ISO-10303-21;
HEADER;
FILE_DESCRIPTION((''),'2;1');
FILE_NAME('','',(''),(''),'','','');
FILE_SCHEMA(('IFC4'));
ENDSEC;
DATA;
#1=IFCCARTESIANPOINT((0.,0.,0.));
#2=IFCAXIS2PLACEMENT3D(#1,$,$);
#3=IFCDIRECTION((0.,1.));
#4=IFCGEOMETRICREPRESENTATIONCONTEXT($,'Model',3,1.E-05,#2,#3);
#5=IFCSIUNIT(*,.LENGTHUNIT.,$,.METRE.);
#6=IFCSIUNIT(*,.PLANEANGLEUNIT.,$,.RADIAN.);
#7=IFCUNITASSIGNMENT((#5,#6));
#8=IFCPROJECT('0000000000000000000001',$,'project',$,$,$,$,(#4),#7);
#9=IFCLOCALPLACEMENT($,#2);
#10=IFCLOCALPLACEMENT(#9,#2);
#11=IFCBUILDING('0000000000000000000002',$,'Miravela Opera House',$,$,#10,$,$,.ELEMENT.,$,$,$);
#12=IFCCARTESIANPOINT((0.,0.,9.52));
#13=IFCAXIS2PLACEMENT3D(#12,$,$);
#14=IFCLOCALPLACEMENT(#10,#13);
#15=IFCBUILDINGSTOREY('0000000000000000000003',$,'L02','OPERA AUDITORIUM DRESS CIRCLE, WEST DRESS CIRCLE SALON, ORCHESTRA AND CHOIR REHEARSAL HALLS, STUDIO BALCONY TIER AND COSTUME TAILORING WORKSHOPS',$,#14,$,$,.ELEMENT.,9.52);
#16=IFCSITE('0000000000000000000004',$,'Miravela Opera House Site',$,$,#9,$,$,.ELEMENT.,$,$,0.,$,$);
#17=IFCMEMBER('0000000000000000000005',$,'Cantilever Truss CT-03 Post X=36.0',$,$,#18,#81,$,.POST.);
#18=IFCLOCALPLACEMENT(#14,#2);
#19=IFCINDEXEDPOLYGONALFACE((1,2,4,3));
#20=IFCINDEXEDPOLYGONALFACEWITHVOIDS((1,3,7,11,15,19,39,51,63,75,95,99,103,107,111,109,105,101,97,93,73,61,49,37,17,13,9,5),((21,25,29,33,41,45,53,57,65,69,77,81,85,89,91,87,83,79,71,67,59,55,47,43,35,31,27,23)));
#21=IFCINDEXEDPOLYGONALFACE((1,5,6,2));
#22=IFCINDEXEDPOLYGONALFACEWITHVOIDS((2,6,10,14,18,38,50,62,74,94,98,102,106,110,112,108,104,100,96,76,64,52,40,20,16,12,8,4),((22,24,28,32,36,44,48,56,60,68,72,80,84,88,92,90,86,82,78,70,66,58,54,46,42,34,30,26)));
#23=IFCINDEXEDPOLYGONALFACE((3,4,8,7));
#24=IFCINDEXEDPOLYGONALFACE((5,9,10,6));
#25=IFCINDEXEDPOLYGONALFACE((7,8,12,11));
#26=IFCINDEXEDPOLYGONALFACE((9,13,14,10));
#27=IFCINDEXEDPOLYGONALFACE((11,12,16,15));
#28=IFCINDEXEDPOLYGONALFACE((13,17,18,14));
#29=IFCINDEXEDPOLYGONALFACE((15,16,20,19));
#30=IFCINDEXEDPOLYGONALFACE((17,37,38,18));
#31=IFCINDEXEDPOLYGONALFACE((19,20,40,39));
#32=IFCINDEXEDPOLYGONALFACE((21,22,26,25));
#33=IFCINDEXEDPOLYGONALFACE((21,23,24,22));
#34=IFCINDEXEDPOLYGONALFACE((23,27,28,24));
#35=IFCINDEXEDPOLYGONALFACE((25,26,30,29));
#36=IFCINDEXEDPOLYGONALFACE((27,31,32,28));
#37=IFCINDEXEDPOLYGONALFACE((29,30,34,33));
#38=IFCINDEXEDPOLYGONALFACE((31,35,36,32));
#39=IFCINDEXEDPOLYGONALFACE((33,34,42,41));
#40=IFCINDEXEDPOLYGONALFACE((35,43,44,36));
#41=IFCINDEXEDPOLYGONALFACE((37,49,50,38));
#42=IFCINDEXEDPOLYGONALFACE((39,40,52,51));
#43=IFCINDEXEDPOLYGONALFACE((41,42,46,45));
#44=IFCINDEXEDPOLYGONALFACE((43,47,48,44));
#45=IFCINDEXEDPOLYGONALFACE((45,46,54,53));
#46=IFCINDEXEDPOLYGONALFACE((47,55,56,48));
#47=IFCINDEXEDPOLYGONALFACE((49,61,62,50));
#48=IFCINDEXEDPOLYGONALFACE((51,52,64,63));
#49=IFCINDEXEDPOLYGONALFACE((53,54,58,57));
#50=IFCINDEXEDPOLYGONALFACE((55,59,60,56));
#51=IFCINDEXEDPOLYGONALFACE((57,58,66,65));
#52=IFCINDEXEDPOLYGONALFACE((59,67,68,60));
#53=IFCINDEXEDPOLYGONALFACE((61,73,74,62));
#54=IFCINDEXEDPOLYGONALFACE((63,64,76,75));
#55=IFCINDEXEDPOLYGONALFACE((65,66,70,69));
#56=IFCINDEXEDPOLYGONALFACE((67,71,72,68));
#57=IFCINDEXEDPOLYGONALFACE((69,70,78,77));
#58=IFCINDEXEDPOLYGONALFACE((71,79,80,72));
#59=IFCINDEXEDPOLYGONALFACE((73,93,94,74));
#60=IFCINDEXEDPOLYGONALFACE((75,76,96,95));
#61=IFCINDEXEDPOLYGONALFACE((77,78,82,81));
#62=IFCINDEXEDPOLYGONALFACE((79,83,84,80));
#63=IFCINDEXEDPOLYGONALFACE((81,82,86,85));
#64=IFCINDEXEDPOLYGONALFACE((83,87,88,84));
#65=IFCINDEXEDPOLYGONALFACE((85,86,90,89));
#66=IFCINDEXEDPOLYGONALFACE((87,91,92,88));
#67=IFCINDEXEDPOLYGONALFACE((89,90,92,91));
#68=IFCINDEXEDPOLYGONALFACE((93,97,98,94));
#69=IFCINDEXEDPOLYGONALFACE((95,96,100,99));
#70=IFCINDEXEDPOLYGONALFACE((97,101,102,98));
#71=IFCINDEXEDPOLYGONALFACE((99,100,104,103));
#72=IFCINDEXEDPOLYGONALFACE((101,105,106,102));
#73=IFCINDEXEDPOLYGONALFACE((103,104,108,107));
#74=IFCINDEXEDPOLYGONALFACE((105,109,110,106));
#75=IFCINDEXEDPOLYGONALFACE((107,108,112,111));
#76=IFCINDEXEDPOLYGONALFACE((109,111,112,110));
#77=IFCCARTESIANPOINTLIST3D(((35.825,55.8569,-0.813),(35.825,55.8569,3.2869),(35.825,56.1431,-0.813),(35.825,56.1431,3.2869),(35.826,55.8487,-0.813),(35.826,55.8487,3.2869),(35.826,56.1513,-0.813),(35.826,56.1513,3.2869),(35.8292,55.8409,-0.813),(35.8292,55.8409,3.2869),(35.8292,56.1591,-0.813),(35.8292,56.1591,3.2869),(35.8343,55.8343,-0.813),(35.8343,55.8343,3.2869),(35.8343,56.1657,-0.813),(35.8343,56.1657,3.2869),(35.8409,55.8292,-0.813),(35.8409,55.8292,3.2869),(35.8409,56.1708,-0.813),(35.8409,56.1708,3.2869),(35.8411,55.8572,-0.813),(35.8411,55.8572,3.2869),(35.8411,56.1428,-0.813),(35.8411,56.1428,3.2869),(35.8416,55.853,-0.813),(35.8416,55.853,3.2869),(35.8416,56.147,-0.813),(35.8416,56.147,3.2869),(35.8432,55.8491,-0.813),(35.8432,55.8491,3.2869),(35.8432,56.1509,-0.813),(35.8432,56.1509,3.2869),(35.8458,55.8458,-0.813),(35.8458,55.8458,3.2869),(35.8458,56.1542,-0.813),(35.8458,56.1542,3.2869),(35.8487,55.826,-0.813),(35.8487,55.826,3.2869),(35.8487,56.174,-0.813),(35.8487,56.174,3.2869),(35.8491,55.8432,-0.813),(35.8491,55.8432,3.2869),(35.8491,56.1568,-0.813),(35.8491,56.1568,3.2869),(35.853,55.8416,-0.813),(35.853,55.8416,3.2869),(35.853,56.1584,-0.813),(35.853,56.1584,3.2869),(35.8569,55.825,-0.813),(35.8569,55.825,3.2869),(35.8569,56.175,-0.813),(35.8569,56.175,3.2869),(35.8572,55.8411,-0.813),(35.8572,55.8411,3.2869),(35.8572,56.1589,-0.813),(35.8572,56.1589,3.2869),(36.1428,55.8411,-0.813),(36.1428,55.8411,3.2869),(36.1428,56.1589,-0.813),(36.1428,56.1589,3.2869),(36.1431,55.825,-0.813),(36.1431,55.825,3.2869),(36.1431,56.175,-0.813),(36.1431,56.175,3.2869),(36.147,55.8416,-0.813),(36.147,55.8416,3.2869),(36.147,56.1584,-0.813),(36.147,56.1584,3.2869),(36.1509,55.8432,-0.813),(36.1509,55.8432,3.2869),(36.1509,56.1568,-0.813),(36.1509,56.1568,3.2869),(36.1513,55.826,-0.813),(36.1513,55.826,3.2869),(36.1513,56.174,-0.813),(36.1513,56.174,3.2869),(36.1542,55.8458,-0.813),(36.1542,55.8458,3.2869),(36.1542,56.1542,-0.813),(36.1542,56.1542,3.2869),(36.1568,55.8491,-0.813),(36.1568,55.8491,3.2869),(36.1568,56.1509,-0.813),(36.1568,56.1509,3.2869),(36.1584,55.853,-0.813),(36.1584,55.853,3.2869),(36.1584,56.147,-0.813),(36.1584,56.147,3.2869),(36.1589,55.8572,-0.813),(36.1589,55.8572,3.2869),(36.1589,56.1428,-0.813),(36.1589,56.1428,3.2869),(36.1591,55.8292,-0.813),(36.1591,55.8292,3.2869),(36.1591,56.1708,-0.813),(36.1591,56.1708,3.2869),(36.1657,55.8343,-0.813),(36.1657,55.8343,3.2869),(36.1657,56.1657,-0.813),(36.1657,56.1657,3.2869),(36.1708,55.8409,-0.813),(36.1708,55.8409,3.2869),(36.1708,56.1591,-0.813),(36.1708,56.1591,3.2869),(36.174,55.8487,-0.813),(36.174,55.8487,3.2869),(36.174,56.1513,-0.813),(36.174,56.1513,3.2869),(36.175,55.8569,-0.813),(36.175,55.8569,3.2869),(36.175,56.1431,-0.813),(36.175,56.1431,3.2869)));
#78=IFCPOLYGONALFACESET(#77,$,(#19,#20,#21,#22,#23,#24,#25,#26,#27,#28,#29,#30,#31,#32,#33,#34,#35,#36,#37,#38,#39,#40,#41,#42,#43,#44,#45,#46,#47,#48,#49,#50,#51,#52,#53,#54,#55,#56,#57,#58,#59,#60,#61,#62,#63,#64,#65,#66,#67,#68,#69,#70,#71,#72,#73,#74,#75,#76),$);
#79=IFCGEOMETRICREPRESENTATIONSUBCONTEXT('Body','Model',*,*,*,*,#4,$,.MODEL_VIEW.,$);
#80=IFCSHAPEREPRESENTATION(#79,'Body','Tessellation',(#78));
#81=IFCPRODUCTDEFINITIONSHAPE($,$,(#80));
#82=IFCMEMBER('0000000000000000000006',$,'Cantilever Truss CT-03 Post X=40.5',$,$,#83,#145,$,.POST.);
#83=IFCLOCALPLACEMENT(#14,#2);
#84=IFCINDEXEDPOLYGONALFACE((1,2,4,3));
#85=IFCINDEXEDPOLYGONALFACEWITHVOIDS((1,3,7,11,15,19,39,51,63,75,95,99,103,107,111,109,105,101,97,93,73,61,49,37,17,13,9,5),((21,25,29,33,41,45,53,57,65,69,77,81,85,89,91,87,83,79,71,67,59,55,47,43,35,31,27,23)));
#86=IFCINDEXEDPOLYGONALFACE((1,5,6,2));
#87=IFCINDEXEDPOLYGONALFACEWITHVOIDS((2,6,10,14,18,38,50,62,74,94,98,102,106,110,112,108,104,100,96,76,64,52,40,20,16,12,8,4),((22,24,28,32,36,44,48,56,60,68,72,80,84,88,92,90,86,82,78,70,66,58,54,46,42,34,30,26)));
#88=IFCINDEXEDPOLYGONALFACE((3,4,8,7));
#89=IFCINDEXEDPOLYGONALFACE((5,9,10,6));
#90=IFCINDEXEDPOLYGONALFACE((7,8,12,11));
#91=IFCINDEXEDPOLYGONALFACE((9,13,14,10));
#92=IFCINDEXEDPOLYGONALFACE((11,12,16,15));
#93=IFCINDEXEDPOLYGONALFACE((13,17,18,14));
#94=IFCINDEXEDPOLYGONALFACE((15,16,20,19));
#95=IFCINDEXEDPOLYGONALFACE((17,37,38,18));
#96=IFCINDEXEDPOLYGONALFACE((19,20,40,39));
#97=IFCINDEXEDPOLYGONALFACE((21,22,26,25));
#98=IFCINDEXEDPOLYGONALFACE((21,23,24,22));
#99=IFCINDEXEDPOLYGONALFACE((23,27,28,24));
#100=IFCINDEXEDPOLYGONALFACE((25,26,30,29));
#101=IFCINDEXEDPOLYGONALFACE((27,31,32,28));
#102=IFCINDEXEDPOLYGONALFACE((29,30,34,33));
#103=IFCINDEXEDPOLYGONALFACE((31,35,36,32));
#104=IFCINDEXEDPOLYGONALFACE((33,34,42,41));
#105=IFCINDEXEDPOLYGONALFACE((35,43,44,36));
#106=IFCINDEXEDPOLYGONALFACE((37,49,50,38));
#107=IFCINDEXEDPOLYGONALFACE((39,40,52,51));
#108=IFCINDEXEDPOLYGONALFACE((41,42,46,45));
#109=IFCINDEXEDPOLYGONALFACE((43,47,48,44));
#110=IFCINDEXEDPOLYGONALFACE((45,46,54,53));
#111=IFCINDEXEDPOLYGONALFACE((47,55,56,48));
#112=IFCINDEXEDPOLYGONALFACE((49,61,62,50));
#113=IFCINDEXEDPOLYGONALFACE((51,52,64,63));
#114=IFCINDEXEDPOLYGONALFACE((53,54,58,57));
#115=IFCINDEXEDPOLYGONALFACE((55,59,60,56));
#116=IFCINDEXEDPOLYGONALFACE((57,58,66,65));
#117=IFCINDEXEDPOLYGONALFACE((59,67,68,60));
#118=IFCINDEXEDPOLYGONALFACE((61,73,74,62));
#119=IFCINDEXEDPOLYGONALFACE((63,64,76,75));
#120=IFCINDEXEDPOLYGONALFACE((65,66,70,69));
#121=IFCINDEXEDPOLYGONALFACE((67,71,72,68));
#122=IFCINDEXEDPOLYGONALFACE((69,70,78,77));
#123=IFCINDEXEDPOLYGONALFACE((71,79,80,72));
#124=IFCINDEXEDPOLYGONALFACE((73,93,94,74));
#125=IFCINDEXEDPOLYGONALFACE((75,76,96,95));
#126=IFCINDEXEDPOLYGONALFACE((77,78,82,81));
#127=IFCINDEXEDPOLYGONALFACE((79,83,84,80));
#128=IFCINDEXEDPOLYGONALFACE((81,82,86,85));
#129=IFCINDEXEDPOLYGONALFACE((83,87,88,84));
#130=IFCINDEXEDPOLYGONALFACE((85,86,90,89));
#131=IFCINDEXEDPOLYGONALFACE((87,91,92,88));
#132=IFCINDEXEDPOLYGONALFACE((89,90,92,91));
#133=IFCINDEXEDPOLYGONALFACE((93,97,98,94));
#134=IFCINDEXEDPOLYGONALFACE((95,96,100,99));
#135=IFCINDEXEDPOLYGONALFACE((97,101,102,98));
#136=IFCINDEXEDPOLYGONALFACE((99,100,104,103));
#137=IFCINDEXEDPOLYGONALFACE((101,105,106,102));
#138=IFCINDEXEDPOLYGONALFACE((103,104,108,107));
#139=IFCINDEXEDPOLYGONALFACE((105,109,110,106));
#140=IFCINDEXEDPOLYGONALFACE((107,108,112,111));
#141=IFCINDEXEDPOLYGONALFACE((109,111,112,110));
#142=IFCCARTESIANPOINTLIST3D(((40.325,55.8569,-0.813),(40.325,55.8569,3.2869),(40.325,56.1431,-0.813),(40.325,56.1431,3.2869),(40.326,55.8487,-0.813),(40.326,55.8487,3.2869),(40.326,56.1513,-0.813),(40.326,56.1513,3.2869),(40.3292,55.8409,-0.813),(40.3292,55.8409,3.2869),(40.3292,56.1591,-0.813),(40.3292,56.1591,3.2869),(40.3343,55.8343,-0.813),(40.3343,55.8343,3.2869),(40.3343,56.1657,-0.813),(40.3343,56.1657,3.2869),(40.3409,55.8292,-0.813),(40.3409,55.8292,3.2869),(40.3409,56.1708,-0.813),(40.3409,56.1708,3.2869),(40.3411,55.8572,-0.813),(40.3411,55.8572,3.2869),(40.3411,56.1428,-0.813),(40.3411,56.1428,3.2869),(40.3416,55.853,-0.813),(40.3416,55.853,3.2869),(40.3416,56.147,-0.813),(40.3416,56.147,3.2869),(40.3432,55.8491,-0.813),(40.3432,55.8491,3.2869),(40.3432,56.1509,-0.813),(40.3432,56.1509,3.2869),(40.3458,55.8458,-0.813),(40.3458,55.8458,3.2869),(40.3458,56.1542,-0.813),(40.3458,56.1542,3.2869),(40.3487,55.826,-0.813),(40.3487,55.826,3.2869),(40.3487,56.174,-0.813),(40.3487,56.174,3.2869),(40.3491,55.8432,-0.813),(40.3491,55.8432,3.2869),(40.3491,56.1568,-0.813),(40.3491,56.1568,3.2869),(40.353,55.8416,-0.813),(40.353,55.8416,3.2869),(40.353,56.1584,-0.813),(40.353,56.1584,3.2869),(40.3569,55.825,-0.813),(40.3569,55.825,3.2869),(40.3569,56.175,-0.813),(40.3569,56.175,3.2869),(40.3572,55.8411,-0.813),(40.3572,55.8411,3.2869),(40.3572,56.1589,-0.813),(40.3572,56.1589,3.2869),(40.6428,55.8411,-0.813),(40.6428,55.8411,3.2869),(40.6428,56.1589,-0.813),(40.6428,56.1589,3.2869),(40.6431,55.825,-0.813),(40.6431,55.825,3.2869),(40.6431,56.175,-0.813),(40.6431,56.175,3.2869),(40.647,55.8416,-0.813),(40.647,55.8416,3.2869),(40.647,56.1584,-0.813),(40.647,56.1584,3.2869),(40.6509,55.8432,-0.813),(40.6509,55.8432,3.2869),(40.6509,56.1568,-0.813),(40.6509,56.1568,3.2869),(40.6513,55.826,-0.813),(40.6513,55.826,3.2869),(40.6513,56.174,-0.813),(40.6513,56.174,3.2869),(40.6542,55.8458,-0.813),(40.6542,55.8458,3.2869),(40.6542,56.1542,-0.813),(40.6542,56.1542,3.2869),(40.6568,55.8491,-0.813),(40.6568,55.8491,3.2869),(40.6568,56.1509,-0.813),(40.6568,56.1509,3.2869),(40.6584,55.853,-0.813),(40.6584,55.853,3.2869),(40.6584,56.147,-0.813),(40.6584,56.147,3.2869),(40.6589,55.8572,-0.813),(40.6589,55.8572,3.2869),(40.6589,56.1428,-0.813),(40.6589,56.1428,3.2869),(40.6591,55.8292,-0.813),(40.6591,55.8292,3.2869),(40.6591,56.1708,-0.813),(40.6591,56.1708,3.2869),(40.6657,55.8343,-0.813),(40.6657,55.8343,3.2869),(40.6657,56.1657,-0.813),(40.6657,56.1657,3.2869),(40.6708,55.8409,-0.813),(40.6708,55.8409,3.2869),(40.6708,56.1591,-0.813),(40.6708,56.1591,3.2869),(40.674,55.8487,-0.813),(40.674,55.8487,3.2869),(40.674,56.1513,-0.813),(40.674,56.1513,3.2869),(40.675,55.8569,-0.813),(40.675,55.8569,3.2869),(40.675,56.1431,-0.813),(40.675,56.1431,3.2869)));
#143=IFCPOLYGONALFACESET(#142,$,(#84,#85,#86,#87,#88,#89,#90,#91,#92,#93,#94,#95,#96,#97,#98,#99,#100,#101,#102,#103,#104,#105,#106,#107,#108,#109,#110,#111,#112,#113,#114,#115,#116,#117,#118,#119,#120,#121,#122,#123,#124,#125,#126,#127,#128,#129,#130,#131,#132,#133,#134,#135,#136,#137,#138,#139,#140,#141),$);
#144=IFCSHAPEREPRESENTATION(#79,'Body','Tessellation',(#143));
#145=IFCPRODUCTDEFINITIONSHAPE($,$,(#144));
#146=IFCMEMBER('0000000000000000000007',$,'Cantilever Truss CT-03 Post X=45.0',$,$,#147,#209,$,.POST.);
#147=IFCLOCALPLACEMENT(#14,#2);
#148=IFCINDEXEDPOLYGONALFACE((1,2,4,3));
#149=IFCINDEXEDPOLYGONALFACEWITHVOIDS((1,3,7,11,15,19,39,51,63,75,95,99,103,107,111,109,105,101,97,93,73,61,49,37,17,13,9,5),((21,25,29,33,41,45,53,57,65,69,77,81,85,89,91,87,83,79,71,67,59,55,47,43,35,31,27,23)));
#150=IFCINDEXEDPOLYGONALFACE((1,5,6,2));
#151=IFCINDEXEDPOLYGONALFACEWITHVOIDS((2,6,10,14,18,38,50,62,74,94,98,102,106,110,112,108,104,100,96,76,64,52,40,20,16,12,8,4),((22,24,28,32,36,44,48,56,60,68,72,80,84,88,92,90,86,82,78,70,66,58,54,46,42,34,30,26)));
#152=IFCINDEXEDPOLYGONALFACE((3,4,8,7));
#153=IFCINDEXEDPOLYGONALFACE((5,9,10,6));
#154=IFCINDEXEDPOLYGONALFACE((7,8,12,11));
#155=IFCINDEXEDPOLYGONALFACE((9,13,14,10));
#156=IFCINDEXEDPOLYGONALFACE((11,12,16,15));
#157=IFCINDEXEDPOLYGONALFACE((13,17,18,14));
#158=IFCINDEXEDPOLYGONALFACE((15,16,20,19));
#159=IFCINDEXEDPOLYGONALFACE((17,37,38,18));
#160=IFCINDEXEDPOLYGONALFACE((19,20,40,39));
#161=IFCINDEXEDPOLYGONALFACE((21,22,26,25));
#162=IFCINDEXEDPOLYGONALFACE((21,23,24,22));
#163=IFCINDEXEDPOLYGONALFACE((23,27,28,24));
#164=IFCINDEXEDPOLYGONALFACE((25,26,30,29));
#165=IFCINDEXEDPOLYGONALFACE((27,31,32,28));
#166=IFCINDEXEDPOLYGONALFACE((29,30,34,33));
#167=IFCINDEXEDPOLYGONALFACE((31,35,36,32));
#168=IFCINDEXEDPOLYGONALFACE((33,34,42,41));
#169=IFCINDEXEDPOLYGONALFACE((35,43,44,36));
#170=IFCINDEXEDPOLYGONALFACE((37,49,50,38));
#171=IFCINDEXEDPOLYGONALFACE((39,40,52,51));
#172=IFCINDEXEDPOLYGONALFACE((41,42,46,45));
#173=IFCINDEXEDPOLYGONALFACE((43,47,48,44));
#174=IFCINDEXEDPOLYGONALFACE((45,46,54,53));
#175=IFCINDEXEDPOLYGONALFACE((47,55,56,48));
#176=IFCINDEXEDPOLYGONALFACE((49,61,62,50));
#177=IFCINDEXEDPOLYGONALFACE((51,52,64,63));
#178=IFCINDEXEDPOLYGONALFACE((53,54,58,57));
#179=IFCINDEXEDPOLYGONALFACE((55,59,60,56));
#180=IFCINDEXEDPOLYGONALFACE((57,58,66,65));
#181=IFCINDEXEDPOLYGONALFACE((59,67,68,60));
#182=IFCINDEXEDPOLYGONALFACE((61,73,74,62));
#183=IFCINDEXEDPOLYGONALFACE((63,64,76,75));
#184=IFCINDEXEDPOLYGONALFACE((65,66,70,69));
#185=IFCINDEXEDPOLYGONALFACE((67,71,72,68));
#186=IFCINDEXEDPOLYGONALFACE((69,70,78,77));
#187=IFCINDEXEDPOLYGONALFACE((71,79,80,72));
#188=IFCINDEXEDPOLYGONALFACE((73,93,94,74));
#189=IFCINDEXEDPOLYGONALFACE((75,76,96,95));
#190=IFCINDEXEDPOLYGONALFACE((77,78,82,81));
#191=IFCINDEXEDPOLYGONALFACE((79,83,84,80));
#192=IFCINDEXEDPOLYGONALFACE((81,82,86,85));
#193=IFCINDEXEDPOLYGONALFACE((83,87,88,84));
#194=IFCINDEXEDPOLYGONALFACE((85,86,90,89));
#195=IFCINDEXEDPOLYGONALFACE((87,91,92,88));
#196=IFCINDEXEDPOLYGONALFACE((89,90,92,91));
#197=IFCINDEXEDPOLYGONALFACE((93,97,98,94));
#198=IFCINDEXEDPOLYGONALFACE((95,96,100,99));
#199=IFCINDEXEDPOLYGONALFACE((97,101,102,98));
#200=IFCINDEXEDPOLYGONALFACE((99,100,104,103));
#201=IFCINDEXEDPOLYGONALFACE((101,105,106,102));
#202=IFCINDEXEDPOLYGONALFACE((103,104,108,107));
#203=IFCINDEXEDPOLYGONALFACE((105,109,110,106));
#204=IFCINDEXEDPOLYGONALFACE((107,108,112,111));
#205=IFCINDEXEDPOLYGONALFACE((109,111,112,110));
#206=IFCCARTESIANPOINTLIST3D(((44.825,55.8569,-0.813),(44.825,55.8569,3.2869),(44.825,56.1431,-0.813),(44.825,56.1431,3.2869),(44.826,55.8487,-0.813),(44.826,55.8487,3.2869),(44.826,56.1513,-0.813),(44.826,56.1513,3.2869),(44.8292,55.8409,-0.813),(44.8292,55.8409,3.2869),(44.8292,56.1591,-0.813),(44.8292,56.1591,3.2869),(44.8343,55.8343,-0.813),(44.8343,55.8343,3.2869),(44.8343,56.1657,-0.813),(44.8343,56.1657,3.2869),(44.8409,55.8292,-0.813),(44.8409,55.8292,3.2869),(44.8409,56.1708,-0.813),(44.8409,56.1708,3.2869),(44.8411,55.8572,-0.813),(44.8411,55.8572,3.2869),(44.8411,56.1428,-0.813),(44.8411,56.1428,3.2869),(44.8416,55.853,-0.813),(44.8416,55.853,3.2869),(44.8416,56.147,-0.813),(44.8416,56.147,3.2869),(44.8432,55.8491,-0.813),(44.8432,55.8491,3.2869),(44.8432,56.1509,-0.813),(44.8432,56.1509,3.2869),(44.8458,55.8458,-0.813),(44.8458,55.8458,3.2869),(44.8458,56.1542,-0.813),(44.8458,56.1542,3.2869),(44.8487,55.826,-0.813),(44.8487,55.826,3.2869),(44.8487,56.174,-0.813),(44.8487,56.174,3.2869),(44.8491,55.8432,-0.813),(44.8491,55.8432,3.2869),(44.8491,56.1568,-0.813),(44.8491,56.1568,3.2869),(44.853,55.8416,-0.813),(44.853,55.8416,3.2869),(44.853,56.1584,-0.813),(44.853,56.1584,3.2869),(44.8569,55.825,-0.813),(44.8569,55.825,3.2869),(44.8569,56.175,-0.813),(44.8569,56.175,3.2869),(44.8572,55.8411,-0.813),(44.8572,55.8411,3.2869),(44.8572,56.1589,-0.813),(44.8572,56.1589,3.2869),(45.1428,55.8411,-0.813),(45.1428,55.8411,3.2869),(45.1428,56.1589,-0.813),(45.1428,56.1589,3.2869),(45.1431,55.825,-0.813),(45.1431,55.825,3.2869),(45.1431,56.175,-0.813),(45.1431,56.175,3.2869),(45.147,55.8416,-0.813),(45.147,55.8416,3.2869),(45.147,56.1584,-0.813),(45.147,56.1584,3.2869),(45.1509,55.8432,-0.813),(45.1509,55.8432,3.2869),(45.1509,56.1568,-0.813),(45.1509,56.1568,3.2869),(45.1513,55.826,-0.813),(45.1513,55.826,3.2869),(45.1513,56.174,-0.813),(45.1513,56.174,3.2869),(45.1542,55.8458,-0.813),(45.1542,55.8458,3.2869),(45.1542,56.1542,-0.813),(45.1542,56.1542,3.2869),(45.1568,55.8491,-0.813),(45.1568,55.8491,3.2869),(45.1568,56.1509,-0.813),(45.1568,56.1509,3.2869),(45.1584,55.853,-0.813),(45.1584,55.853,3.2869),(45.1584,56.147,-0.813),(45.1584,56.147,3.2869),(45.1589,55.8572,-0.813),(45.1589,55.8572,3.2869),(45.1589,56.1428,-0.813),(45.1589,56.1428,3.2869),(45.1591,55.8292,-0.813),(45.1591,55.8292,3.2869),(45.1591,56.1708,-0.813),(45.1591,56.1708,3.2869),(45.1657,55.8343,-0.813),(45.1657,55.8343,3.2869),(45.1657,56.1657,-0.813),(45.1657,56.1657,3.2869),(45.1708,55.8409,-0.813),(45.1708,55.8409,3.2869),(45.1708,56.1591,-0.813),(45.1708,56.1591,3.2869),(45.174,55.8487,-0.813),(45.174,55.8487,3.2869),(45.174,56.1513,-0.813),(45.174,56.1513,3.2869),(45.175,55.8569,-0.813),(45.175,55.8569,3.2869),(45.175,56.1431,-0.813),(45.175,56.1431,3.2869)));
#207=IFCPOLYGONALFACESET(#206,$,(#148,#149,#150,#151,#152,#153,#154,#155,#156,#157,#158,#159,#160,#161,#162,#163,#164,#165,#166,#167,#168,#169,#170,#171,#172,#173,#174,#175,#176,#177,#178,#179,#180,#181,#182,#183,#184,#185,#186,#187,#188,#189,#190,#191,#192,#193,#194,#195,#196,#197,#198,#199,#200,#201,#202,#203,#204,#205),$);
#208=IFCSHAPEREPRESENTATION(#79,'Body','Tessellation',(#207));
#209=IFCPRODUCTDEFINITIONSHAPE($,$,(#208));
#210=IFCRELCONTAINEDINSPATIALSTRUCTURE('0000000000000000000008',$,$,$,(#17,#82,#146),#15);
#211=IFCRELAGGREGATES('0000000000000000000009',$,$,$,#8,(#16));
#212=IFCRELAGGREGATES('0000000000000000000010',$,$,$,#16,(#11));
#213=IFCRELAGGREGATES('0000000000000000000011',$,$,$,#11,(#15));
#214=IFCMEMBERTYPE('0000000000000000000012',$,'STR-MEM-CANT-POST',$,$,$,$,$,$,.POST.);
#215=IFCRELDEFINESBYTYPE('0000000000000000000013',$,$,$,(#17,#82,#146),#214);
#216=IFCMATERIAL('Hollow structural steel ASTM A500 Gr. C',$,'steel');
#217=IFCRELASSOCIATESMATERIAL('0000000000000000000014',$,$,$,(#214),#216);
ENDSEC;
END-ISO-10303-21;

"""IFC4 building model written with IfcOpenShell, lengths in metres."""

from ifc_helpers import new_model, si_unit, direction, frame, origin, origin_2d, place, context, subcontext, project, spatial, hollow_rectangle, extrude, material, material_profile, profile_set, type_object, element, save


model = new_model("IFC4")

# Units and contexts
model_context = context("Model", 3, precision=1e-05, world=origin(), true_north=direction((0.0, 1.0)))
body_context = subcontext(model_context, "Body", "Model", "MODEL_VIEW")
ifc_project = project(units=[si_unit("LENGTHUNIT", "METRE"), si_unit("PLANEANGLEUNIT", "RADIAN")], contexts=[model_context])

# Site, building, storey
site_placement = place(None, origin())
site = spatial("IfcSite", under=ifc_project, at=site_placement, Name="Miravela Opera House Site", CompositionType="ELEMENT", RefElevation=0.0)
building_placement = place(site_placement, origin())
building = spatial("IfcBuilding", under=site, at=building_placement, Name="Miravela Opera House", CompositionType="ELEMENT")
storey_placement = place(building_placement, frame((0.0, 0.0, 9.52)))
storey = spatial("IfcBuildingStorey", under=building, at=storey_placement, Name="L02", Description="OPERA AUDITORIUM DRESS CIRCLE, WEST DRESS CIRCLE SALON, ORCHESTRA AND CHOIR REHEARSAL HALLS, STUDIO BALCONY TIER AND COSTUME TAILORING WORKSHOPS", CompositionType="ELEMENT", Elevation=9.52)

# Members
ifc_material_1 = material(Name="Hollow structural steel ASTM A500 Gr. C", Category="steel")
ifc_material_profile_1 = material_profile(ifc_material_1, hollow_rectangle(XDim=0.3501, YDim=0.3501, WallThickness=0.0161, InnerFilletRadius=0.0161, OuterFilletRadius=0.032, at=origin_2d()), Name="HSS350X350X16")
ifc_profile_set_1 = profile_set([ifc_material_profile_1])
member_type = type_object("IfcMemberType", Name="STR-MEM-CANT-POST", PredefinedType="POST", material=ifc_profile_set_1)
for number, where, z_axis, x_axis, name in (
    (1, (36.0, 56.0, -0.813), (0.0, 0.0, 1.0), (1.0, 0.0, 0.0), "Cantilever Truss CT-03 Post X=36.0"),
    (2, (40.5, 56.0, -0.813), (0.0, 0.0, 1.0), (1.0, 0.0, 0.0), "Cantilever Truss CT-03 Post X=40.5"),
    (3, (45.0, 56.0, -0.813), (0.0, 0.0, 1.0), (1.0, 0.0, 0.0), "Cantilever Truss CT-03 Post X=45.0"),
):
    element("IfcMember", number, at=place(storey_placement, frame(where, z_axis=z_axis, x_axis=x_axis)), inside=storey, type_object=member_type, Name=name, PredefinedType="POST", context=body_context, shape_type="SweptSolid", body=[
        extrude(hollow_rectangle(XDim=0.3501, YDim=0.3501, WallThickness=0.0161, InnerFilletRadius=0.0161, OuterFilletRadius=0.032, at=origin_2d()), origin(), (0.0, 0.0, 1.0), 4.0999),
    ])

save(model, "model.ifc")
